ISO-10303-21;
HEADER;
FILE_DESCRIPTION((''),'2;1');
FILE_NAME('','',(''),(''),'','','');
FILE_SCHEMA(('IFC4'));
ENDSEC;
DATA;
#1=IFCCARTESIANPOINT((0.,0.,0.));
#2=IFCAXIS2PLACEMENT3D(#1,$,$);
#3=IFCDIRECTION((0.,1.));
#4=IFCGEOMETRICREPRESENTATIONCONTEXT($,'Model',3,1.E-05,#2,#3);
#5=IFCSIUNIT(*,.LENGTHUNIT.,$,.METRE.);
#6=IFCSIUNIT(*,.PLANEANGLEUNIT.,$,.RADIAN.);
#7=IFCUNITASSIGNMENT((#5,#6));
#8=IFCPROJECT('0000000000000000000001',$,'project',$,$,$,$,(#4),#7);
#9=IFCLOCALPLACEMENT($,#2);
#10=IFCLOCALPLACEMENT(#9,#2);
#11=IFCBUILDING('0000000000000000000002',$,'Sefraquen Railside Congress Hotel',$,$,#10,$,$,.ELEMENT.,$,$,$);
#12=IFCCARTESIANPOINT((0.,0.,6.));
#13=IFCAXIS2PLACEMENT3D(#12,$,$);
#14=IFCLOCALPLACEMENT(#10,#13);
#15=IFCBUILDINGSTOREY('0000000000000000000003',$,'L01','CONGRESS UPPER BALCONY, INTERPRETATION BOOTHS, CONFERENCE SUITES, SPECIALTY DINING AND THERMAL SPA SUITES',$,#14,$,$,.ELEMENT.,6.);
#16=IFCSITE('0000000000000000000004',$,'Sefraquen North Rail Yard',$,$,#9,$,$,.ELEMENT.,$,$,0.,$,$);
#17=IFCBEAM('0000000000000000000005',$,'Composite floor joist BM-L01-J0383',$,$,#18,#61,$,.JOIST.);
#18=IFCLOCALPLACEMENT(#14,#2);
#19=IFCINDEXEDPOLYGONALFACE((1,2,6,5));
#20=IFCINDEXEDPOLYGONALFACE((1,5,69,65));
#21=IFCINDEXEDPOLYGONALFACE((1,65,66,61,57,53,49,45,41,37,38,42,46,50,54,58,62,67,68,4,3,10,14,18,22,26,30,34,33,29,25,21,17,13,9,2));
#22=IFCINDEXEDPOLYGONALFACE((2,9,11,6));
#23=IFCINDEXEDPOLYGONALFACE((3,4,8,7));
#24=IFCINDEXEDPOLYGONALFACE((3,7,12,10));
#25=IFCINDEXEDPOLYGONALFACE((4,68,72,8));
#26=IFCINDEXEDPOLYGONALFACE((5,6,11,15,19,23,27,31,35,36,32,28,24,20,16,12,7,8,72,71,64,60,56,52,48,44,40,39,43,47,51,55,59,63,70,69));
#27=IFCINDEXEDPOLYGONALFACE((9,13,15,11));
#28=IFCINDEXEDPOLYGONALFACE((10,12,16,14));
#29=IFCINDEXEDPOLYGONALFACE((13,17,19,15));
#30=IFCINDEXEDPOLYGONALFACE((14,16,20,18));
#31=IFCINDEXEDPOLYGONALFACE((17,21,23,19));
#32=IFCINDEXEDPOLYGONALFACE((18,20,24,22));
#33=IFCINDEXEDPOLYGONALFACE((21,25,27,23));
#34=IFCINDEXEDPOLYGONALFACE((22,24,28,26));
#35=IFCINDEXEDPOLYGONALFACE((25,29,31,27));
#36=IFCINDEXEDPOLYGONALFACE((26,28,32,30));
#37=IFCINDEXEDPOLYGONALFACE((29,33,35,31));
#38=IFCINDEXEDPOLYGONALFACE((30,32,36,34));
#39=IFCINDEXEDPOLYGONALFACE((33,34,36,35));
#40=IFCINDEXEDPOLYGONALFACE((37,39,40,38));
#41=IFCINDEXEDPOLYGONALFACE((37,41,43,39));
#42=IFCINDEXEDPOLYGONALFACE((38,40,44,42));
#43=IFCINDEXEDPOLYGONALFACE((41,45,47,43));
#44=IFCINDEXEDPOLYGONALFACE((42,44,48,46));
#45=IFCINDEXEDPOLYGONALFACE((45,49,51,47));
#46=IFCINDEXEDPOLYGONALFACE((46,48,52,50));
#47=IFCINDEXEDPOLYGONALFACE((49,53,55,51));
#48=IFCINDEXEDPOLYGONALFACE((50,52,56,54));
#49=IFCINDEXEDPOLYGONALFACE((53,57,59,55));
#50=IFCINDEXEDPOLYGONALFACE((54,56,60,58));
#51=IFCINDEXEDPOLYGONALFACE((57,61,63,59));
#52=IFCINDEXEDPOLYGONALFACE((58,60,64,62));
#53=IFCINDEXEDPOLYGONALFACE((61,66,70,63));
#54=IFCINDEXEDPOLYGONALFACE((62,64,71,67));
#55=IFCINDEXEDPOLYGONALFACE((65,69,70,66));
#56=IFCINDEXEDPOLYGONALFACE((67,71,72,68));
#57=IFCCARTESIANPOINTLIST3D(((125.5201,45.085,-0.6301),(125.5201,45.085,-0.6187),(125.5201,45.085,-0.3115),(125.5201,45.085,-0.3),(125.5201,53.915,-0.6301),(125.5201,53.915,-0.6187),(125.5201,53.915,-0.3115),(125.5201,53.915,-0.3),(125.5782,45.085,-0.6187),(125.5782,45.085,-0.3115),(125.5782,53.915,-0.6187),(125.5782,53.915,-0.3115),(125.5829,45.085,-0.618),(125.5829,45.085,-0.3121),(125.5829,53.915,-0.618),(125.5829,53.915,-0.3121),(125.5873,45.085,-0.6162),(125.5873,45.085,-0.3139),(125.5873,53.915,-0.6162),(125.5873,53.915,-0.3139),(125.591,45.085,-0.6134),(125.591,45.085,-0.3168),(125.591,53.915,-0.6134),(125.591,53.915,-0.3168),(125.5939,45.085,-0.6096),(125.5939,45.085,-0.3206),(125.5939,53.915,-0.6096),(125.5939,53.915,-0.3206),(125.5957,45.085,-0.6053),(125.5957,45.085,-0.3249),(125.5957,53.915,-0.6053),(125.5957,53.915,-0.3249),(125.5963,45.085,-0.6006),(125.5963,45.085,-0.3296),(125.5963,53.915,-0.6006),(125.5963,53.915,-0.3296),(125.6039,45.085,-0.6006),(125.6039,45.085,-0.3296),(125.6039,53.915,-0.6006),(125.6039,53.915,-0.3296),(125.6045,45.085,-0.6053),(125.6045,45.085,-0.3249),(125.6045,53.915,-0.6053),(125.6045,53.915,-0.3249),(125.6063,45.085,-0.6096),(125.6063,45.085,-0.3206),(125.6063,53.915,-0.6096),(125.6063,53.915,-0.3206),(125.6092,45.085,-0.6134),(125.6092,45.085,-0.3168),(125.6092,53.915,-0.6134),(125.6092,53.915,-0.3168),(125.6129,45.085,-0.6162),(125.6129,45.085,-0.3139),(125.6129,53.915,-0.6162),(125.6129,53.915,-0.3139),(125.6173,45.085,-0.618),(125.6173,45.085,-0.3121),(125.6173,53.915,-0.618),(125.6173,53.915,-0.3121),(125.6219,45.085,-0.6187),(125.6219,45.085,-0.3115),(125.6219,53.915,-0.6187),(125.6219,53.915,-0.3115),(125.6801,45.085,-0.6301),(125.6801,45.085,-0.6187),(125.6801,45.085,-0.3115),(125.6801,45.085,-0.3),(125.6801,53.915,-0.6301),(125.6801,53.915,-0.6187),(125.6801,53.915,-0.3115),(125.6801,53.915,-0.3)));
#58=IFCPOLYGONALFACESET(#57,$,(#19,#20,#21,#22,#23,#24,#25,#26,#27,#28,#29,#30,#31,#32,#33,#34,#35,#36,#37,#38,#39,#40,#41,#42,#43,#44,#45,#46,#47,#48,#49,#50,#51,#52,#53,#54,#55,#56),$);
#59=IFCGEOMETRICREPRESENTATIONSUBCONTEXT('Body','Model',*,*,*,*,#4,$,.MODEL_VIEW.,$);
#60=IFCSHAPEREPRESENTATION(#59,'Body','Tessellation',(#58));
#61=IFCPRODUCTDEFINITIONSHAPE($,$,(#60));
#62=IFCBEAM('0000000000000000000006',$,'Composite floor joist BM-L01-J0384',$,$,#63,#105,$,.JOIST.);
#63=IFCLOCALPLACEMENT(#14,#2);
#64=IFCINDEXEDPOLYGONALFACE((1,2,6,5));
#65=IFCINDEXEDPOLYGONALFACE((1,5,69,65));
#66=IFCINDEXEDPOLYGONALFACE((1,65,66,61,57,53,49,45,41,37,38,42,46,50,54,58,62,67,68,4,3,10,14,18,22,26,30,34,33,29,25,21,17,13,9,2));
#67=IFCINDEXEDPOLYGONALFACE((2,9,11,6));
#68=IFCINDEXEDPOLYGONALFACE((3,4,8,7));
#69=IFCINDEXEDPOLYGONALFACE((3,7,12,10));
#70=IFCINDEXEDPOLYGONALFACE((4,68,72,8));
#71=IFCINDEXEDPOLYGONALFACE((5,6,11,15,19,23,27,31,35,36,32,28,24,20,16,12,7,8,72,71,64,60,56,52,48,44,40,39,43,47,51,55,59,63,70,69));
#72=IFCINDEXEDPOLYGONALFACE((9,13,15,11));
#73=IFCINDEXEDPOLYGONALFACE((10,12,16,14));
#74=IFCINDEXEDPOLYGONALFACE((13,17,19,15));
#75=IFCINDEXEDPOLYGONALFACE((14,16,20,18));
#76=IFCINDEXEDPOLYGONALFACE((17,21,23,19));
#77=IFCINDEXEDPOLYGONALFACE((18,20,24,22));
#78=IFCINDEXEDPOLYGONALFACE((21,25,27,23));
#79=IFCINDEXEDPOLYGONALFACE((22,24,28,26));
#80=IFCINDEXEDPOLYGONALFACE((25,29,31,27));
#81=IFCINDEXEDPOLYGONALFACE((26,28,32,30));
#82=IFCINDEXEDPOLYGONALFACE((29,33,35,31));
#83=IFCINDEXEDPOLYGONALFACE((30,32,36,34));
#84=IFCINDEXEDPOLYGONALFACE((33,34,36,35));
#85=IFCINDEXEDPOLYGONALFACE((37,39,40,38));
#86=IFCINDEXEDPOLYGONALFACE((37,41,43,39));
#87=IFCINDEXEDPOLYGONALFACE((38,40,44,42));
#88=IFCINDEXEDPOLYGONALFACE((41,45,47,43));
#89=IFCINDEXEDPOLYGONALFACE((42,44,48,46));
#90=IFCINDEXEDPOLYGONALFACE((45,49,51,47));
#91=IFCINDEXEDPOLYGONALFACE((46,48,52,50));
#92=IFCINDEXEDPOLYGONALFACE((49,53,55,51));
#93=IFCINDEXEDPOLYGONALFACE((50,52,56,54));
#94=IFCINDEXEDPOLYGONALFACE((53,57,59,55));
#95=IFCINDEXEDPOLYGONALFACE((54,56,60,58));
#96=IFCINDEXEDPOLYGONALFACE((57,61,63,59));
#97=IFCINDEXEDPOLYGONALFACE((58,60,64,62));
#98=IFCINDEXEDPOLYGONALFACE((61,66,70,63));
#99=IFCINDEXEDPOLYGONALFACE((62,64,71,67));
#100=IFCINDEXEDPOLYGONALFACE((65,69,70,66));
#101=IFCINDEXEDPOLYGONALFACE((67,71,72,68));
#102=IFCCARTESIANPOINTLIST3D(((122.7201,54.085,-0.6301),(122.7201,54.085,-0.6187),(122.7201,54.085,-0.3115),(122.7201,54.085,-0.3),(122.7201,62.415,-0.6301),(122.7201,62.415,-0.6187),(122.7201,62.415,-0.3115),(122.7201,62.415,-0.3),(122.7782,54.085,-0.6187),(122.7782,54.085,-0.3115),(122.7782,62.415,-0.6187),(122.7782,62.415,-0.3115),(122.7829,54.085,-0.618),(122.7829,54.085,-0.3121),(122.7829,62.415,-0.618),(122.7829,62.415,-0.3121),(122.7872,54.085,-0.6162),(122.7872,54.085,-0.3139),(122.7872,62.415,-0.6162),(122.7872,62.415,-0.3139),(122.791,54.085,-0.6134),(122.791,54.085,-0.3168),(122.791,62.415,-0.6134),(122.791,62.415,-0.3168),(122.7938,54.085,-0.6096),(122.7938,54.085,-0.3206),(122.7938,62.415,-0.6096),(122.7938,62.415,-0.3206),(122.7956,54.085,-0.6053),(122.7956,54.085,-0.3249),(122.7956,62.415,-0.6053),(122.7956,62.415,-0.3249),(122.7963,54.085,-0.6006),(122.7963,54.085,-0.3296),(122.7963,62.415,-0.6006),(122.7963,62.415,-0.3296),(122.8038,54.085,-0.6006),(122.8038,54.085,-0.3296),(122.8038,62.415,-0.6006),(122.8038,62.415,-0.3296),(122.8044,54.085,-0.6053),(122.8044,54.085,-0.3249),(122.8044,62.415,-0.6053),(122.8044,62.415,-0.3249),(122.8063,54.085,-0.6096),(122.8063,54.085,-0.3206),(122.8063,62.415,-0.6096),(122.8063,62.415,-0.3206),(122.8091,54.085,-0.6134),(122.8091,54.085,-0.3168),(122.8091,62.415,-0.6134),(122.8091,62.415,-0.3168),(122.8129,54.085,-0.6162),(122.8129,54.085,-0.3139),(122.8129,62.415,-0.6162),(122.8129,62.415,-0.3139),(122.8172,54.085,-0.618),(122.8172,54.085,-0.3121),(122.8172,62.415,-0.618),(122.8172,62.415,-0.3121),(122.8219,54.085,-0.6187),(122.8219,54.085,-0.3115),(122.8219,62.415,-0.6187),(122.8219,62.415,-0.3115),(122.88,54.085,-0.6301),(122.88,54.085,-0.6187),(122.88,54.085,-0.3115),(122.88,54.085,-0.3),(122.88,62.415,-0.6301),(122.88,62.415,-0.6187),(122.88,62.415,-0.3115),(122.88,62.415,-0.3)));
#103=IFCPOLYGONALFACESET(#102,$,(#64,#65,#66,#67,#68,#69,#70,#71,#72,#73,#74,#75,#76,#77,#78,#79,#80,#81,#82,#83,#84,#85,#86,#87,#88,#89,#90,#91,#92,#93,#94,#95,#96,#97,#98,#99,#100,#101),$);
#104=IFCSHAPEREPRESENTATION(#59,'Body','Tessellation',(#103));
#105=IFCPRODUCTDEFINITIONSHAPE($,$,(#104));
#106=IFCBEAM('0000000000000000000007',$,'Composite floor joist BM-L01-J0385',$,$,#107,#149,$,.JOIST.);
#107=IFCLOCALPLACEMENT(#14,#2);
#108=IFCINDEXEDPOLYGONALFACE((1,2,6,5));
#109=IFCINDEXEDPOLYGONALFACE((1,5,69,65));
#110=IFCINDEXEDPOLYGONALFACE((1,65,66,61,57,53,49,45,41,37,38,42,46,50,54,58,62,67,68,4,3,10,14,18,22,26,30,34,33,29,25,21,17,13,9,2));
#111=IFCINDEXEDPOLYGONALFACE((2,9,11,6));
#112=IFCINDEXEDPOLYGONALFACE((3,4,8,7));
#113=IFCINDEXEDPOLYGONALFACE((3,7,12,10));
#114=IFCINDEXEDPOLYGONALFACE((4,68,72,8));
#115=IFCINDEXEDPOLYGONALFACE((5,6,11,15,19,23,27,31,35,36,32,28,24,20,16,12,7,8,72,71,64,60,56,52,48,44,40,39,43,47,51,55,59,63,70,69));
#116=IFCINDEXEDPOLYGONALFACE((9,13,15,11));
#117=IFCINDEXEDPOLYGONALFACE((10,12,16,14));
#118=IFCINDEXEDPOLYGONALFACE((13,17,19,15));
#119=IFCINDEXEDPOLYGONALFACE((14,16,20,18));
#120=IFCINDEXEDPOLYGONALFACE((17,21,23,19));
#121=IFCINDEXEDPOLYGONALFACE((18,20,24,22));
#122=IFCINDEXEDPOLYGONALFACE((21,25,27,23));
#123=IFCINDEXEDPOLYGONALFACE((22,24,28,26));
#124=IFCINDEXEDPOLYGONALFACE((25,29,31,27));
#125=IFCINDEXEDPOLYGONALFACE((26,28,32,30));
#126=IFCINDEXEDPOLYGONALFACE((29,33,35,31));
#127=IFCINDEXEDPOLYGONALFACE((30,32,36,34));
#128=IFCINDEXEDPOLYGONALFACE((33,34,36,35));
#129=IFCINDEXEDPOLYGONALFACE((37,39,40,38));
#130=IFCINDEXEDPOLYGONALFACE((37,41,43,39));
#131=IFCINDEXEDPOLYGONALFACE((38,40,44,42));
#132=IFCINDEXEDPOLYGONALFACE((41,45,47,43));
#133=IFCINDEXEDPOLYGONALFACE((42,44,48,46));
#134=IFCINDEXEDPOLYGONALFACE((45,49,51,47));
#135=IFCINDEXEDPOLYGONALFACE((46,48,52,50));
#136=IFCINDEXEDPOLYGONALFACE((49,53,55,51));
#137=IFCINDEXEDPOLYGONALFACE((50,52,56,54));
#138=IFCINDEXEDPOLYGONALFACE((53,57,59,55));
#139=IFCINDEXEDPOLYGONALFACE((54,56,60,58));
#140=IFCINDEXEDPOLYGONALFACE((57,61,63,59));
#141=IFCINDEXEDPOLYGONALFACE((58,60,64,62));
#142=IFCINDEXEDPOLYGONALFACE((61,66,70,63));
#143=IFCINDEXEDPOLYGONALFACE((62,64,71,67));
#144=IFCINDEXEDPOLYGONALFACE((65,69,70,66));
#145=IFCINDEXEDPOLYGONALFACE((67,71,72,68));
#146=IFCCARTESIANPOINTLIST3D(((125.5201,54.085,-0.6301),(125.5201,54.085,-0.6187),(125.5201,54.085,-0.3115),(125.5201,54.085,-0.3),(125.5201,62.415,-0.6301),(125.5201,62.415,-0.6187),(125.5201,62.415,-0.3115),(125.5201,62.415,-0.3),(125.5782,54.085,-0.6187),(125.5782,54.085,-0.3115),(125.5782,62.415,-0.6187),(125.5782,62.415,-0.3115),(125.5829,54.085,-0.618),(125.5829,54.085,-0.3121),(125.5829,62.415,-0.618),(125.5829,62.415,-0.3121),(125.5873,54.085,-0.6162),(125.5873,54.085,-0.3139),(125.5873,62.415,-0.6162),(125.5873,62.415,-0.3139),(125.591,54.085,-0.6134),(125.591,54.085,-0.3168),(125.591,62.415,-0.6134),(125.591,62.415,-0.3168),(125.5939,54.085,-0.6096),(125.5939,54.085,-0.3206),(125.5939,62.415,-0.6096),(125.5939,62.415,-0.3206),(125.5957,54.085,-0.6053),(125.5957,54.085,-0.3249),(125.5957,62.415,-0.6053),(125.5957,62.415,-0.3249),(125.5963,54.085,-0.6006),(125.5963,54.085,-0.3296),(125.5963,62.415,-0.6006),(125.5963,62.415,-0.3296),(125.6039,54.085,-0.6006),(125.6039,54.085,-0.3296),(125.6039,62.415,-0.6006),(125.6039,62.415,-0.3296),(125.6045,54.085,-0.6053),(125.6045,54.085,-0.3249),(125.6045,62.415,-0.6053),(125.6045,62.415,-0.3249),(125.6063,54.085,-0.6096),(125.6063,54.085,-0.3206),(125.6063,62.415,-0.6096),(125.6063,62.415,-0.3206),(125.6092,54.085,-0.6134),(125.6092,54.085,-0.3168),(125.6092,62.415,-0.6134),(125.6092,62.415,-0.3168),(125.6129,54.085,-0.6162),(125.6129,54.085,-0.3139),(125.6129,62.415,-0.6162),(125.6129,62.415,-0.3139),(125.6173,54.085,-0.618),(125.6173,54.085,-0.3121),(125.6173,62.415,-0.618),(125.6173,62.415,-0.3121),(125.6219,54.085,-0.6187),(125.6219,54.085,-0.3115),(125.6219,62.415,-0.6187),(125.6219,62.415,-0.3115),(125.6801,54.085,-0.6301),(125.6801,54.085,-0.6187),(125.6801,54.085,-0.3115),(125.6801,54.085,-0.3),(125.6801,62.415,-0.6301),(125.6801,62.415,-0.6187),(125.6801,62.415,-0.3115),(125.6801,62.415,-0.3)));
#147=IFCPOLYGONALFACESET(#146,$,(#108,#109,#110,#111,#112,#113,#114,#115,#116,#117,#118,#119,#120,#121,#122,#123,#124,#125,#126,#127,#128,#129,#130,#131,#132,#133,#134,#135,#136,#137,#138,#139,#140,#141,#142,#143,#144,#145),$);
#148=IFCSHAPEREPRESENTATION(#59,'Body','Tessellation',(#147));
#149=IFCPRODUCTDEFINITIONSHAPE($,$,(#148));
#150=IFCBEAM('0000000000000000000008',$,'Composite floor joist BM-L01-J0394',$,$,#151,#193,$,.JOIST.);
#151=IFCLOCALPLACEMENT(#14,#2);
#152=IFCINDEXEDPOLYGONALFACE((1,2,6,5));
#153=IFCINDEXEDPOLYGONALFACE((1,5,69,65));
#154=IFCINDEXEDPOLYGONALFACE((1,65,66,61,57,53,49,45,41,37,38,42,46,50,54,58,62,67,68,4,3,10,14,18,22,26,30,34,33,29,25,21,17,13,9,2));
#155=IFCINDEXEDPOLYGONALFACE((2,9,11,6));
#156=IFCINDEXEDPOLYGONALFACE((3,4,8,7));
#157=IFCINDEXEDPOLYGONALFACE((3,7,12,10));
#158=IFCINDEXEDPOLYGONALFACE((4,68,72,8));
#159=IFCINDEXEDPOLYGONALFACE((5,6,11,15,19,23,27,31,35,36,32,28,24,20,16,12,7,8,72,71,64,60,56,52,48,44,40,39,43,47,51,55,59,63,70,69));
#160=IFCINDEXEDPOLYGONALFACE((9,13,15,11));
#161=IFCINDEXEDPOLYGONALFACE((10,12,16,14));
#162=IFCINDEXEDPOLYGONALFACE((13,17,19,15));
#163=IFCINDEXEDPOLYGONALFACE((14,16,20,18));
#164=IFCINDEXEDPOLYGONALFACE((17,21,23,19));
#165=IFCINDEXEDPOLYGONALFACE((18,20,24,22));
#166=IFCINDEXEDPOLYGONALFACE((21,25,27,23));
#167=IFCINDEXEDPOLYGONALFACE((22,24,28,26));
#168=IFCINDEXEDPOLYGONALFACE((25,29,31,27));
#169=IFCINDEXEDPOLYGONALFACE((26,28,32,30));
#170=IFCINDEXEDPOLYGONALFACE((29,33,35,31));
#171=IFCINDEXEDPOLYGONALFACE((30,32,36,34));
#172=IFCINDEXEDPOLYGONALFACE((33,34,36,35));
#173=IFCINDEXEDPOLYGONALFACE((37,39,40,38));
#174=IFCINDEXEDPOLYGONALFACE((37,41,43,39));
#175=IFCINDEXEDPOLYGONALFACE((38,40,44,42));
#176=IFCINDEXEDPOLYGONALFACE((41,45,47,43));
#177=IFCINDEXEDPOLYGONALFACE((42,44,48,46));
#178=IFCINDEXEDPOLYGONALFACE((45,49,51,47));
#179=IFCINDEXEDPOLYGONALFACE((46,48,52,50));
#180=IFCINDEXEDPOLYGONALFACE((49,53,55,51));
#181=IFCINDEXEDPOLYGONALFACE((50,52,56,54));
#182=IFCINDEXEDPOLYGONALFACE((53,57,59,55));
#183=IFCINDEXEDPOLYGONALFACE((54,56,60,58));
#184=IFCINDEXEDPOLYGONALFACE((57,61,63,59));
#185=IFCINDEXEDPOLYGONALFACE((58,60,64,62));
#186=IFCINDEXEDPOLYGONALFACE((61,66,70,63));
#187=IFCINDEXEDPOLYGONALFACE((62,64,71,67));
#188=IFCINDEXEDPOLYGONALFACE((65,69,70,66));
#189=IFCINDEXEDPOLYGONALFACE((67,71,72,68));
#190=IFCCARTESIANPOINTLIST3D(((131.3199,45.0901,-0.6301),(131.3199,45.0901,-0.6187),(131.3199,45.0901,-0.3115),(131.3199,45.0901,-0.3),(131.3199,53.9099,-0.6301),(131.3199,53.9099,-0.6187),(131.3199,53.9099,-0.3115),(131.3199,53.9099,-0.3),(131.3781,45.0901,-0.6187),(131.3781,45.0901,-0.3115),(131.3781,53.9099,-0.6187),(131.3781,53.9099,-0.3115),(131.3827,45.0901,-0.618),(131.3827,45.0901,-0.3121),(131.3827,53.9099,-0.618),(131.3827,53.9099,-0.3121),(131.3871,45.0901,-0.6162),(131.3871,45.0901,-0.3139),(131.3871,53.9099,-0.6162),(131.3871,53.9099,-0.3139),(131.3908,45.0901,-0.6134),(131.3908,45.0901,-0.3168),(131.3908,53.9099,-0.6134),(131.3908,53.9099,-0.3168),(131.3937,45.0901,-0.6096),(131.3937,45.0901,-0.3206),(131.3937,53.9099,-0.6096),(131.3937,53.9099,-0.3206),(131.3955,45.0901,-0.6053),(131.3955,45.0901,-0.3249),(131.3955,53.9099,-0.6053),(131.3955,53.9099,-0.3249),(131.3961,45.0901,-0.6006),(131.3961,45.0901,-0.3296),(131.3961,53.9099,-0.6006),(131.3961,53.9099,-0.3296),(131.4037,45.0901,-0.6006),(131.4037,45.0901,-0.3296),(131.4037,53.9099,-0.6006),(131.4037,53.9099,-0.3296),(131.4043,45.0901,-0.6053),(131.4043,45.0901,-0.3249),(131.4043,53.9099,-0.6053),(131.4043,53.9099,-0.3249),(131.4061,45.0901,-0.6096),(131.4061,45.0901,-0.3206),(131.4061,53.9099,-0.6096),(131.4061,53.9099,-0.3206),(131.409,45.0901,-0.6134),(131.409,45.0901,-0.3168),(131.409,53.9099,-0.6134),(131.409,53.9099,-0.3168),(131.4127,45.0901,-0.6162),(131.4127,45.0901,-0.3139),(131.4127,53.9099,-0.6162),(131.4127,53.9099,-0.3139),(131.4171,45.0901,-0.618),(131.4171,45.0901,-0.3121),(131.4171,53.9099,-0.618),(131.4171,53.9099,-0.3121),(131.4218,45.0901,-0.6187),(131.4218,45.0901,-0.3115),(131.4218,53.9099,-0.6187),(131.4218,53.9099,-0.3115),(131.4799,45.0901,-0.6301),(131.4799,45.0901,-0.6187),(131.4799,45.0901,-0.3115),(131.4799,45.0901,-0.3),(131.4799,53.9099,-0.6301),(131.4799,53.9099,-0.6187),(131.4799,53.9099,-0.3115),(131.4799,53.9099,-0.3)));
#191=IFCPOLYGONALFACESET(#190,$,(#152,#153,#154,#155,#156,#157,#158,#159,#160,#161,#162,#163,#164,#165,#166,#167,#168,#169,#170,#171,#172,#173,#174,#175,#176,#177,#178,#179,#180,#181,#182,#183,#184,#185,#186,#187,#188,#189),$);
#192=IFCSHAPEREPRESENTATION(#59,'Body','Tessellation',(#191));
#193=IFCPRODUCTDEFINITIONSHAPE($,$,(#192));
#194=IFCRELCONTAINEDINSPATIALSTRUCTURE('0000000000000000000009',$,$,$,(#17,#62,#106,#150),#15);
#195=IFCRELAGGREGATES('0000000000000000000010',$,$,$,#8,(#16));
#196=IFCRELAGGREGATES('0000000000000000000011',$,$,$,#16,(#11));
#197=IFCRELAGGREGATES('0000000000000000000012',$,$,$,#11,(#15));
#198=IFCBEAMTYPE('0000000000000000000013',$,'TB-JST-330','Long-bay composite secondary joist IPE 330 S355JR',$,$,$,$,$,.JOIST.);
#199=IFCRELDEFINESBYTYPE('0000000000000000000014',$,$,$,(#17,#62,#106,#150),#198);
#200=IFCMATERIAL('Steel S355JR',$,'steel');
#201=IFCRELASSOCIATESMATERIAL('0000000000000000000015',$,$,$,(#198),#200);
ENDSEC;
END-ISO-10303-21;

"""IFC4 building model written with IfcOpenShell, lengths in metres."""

from ifc_helpers import new_model, si_unit, direction, frame, origin, origin_2d, place, context, subcontext, project, spatial, i_section, extrude, material, material_profile, profile_set, type_object, element, save


model = new_model("IFC4")

# Units and contexts
model_context = context("Model", 3, precision=1e-05, world=origin(), true_north=direction((0.0, 1.0)))
body_context = subcontext(model_context, "Body", "Model", "MODEL_VIEW")
ifc_project = project(units=[si_unit("LENGTHUNIT", "METRE"), si_unit("PLANEANGLEUNIT", "RADIAN")], contexts=[model_context])

# Site, building, storey
site_placement = place(None, origin())
site = spatial("IfcSite", under=ifc_project, at=site_placement, Name="Sefraquen North Rail Yard", CompositionType="ELEMENT", RefElevation=0.0)
building_placement = place(site_placement, origin())
building = spatial("IfcBuilding", under=site, at=building_placement, Name="Sefraquen Railside Congress Hotel", CompositionType="ELEMENT")
storey_placement = place(building_placement, frame((0.0, 0.0, 6.0)))
storey = spatial("IfcBuildingStorey", under=building, at=storey_placement, Name="L01", Description="CONGRESS UPPER BALCONY, INTERPRETATION BOOTHS, CONFERENCE SUITES, SPECIALTY DINING AND THERMAL SPA SUITES", CompositionType="ELEMENT", Elevation=6.0)

# Shared definitions
ifc_material_1 = material(Name="Steel S355JR", Category="steel")

# Beams
ifc_material_profile_1 = material_profile(ifc_material_1, i_section(OverallWidth=0.1599, OverallDepth=0.3301, WebThickness=0.0076, FlangeThickness=0.0115, FilletRadius=0.0181, at=origin_2d()), Name="IPE 330")
ifc_profile_set_1 = profile_set([ifc_material_profile_1], Name="Steel S355JR")
beam_type_1 = type_object("IfcBeamType", Name="TB-JST-330", Description="Long-bay composite secondary joist IPE 330 S355JR", PredefinedType="JOIST", material=ifc_profile_set_1)
for number, where, z_axis, x_axis, name in (
    (1, (125.6001, 45.085, -0.4651), (0.0, 1.0, 0.0), (-1.0, 0.0, 0.0), "Composite floor joist BM-L01-J0383"),
):
    element("IfcBeam", number, at=place(storey_placement, frame(where, z_axis=z_axis, x_axis=x_axis)), inside=storey, type_object=beam_type_1, Name=name, PredefinedType="JOIST", context=body_context, shape_type="SweptSolid", body=[
        extrude(i_section(OverallWidth=0.1599, OverallDepth=0.3301, WebThickness=0.0076, FlangeThickness=0.0115, FilletRadius=0.0181, at=origin_2d()), origin(), (0.0, 0.0, 1.0), 8.8301),
    ])
for number, where, z_axis, x_axis, name in (
    (2, (122.8, 54.085, -0.4651), (0.0, 1.0, 0.0), (-1.0, 0.0, 0.0), "Composite floor joist BM-L01-J0384"),
    (3, (125.6001, 54.085, -0.4651), (0.0, 1.0, 0.0), (-1.0, 0.0, 0.0), "Composite floor joist BM-L01-J0385"),
):
    element("IfcBeam", number, at=place(storey_placement, frame(where, z_axis=z_axis, x_axis=x_axis)), inside=storey, type_object=beam_type_1, Name=name, PredefinedType="JOIST", context=body_context, shape_type="SweptSolid", body=[
        extrude(i_section(OverallWidth=0.1599, OverallDepth=0.3301, WebThickness=0.0076, FlangeThickness=0.0115, FilletRadius=0.0181, at=origin_2d()), origin(), (0.0, 0.0, 1.0), 8.3301),
    ])
for number, where, z_axis, x_axis, name in (
    (4, (131.3999, 45.0901, -0.4651), (0.0, 1.0, 0.0), (-1.0, 0.0, 0.0), "Composite floor joist BM-L01-J0394"),
):
    element("IfcBeam", number, at=place(storey_placement, frame(where, z_axis=z_axis, x_axis=x_axis)), inside=storey, type_object=beam_type_1, Name=name, PredefinedType="JOIST", context=body_context, shape_type="SweptSolid", body=[
        extrude(i_section(OverallWidth=0.1599, OverallDepth=0.3301, WebThickness=0.0076, FlangeThickness=0.0115, FilletRadius=0.0181, at=origin_2d()), origin(), (0.0, 0.0, 1.0), 8.8198),
    ])

save(model, "model.ifc")
